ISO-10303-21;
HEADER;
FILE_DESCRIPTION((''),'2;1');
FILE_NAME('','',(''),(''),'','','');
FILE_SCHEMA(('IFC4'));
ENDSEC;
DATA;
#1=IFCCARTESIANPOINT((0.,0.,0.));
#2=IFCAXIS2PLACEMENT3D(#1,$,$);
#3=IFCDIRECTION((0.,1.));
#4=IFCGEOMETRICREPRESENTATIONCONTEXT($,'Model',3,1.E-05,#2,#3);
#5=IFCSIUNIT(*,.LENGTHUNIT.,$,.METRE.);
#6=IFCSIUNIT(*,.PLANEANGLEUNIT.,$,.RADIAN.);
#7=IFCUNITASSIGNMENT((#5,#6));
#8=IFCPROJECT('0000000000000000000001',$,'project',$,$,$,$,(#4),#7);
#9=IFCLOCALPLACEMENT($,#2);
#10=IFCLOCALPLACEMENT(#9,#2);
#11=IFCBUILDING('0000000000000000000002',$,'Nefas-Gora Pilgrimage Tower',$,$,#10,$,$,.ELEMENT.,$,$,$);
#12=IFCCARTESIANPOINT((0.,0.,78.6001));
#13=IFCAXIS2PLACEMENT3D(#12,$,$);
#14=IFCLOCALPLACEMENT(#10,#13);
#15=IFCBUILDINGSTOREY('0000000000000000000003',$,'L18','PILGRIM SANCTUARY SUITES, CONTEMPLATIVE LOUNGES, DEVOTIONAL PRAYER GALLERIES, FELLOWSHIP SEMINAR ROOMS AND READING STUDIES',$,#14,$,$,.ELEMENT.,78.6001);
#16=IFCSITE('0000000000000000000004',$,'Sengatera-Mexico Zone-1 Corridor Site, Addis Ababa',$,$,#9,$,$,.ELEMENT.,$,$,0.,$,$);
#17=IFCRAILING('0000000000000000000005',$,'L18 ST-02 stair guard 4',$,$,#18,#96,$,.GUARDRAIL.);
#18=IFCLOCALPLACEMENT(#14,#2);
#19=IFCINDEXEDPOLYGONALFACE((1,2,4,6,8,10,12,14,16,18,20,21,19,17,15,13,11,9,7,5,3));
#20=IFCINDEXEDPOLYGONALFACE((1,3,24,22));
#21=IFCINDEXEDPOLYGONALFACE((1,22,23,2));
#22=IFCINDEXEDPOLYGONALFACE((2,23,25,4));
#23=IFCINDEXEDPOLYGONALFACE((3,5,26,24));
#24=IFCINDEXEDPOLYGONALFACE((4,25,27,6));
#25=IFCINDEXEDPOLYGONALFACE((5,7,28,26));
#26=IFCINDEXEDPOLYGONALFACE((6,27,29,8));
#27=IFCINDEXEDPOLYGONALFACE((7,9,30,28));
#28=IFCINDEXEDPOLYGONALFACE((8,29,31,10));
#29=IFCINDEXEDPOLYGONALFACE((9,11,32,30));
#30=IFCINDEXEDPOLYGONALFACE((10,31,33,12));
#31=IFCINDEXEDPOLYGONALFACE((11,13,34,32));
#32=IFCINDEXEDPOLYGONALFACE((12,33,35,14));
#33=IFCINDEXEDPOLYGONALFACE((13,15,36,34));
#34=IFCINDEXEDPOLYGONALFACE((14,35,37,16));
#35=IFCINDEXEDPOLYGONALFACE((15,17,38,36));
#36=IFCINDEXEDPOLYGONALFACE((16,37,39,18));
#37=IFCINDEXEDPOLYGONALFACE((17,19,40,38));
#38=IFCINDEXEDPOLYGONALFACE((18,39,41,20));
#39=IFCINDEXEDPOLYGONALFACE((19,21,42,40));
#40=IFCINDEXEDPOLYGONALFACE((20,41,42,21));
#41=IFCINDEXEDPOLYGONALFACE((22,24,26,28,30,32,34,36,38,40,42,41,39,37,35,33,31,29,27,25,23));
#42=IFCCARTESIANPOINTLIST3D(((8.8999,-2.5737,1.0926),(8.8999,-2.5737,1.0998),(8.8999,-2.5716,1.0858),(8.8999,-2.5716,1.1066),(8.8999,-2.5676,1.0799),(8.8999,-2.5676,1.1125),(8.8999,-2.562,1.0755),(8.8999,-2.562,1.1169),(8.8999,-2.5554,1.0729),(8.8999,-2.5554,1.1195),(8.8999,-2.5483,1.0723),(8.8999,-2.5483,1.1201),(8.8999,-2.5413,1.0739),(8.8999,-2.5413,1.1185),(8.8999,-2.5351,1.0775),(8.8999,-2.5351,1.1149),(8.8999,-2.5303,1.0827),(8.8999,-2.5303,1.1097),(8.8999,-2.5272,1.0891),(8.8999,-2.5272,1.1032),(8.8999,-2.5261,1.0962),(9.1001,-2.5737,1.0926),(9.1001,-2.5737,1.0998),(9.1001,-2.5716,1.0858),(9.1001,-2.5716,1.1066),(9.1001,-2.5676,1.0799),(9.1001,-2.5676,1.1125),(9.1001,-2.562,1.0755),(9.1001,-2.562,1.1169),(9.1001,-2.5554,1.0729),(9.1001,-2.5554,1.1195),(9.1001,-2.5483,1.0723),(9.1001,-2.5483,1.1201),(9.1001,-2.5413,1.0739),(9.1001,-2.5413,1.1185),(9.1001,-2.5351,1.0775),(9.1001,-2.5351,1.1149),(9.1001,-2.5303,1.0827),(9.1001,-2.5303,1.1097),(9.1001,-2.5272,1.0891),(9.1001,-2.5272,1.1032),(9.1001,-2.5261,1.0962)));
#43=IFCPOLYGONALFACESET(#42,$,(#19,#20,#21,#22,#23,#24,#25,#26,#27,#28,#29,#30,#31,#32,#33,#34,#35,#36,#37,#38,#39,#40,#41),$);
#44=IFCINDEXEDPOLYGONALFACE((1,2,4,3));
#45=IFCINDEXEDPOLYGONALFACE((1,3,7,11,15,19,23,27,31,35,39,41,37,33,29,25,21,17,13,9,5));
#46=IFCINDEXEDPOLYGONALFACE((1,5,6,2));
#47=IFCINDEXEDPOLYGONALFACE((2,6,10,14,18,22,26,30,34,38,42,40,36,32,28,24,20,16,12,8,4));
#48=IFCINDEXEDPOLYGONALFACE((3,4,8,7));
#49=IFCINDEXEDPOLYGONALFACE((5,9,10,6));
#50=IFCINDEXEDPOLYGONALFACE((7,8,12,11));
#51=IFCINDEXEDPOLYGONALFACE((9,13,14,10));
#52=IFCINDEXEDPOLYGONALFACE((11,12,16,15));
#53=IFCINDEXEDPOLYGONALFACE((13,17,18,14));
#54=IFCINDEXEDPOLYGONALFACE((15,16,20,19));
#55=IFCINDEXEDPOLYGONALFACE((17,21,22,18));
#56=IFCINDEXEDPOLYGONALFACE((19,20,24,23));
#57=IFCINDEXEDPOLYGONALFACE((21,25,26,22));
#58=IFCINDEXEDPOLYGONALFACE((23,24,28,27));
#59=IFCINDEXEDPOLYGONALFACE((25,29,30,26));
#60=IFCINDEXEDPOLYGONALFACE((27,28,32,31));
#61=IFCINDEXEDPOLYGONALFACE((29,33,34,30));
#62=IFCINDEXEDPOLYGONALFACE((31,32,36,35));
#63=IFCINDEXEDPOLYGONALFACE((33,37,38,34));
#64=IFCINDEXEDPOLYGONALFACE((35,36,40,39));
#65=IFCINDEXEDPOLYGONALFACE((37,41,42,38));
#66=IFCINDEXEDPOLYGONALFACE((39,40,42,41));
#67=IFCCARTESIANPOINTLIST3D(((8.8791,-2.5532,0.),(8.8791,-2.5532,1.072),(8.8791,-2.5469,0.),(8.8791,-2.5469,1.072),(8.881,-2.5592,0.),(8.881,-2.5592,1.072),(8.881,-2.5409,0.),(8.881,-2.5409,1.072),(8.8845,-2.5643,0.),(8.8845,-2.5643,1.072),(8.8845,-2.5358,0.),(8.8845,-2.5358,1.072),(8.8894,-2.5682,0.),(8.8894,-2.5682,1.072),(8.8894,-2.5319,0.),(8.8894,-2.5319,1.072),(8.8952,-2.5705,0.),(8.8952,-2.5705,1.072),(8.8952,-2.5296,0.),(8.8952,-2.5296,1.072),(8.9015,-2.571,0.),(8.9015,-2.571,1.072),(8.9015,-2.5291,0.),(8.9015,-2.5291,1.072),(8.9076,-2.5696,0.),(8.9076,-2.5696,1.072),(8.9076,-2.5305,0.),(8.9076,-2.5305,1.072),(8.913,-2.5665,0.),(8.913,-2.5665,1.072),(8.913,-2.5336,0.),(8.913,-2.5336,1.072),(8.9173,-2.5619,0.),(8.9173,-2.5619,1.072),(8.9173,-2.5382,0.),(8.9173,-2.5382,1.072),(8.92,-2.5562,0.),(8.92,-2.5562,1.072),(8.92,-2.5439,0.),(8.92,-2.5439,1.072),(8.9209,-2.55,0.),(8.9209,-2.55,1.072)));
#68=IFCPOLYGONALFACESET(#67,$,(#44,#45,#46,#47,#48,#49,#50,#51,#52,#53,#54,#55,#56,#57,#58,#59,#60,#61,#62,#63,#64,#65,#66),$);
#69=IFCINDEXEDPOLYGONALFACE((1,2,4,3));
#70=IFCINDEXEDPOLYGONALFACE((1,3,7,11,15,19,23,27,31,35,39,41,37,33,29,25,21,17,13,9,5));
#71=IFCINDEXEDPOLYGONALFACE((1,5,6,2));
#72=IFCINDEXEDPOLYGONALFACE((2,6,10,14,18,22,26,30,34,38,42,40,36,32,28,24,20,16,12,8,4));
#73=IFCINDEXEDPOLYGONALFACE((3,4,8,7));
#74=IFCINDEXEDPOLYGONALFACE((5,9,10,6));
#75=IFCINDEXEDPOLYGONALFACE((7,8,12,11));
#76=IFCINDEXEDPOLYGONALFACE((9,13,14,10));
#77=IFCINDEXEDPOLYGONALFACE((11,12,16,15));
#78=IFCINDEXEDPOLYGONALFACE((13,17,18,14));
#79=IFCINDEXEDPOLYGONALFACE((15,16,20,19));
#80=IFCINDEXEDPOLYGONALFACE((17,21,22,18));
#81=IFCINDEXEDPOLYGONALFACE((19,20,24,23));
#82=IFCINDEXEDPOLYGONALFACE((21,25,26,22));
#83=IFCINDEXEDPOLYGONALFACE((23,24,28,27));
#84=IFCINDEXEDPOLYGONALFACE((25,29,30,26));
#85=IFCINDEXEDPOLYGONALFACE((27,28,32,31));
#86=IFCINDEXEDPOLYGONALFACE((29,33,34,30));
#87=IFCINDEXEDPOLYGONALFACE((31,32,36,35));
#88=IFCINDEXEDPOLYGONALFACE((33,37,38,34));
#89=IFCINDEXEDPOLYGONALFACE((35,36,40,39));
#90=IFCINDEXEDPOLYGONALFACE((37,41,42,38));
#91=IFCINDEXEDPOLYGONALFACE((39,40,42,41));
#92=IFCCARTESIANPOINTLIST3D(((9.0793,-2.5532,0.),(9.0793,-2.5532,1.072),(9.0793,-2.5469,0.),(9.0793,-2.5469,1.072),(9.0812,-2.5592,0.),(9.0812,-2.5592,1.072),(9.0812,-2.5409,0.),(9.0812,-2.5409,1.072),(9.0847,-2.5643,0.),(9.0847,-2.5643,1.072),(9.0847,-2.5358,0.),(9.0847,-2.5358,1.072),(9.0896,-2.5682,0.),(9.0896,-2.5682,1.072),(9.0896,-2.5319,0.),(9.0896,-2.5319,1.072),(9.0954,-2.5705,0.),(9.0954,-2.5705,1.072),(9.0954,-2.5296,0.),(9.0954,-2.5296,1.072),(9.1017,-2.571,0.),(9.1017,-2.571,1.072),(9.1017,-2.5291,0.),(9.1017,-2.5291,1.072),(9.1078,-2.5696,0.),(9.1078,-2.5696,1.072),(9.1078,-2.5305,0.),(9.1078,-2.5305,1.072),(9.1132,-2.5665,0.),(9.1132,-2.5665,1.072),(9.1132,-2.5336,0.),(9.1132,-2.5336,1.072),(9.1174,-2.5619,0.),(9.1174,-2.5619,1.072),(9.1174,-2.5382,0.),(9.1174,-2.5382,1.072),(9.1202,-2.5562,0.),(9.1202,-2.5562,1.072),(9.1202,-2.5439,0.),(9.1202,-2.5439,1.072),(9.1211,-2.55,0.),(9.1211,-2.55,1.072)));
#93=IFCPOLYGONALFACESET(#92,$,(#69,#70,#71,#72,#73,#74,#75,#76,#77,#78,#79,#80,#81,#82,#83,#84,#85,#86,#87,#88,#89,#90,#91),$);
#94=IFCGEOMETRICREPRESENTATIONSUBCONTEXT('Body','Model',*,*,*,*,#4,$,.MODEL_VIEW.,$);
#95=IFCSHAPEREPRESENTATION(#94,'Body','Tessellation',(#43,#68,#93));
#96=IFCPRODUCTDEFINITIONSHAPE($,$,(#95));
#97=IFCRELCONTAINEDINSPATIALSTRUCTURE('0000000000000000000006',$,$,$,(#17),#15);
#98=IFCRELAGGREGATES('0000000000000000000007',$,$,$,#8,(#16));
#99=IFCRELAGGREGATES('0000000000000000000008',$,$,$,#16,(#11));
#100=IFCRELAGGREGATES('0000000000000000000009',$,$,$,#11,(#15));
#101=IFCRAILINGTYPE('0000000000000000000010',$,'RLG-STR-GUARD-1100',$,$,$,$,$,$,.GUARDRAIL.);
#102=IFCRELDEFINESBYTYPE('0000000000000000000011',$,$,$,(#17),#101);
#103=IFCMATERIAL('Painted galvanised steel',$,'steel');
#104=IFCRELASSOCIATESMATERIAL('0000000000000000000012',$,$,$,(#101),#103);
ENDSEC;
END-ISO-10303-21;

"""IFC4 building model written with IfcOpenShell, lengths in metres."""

from ifc_helpers import new_model, si_unit, direction, frame, origin, origin_2d, place, context, subcontext, project, spatial, circle, extrude, material, type_object, element, save


model = new_model("IFC4")

# Units and contexts
model_context = context("Model", 3, precision=1e-05, world=origin(), true_north=direction((0.0, 1.0)))
body_context = subcontext(model_context, "Body", "Model", "MODEL_VIEW")
ifc_project = project(units=[si_unit("LENGTHUNIT", "METRE"), si_unit("PLANEANGLEUNIT", "RADIAN")], contexts=[model_context])

# Site, building, storey
site_placement = place(None, origin())
site = spatial("IfcSite", under=ifc_project, at=site_placement, Name="Sengatera-Mexico Zone-1 Corridor Site, Addis Ababa", CompositionType="ELEMENT", RefElevation=0.0)
building_placement = place(site_placement, origin())
building = spatial("IfcBuilding", under=site, at=building_placement, Name="Nefas-Gora Pilgrimage Tower", CompositionType="ELEMENT")
storey_placement = place(building_placement, frame((0.0, 0.0, 78.6001)))
storey = spatial("IfcBuildingStorey", under=building, at=storey_placement, Name="L18", Description="PILGRIM SANCTUARY SUITES, CONTEMPLATIVE LOUNGES, DEVOTIONAL PRAYER GALLERIES, FELLOWSHIP SEMINAR ROOMS AND READING STUDIES", CompositionType="ELEMENT", Elevation=78.6001)

# Railing
ifc_material_1 = material(Name="Painted galvanised steel", Category="steel")
railing_type_1 = type_object("IfcRailingType", Name="RLG-STR-GUARD-1100", PredefinedType="GUARDRAIL", material=ifc_material_1)
railing_1_placement = place(storey_placement, frame((8.8999, -2.55, 0.0)))
element("IfcRailing", 1, at=railing_1_placement, inside=storey, type_object=railing_type_1, Name="L18 ST-02 stair guard 4", PredefinedType="GUARDRAIL", context=body_context, shape_type="SweptSolid", body=[
    extrude(circle(Radius=0.0239, at=origin_2d()), frame((0.0, 0.0, 1.0962), z_axis=(1.0, 0.0, 0.0), x_axis=(0.0, 1.0, 0.0)), (0.0, 0.0, 1.0), 0.2002),
    extrude(circle(Radius=0.021, at=origin_2d()), origin(), (0.0, 0.0, 1.0), 1.072),
    extrude(circle(Radius=0.021, at=origin_2d()), frame((0.2002, 0.0, 0.0)), (0.0, 0.0, 1.0), 1.072),
])

save(model, "model.ifc")
